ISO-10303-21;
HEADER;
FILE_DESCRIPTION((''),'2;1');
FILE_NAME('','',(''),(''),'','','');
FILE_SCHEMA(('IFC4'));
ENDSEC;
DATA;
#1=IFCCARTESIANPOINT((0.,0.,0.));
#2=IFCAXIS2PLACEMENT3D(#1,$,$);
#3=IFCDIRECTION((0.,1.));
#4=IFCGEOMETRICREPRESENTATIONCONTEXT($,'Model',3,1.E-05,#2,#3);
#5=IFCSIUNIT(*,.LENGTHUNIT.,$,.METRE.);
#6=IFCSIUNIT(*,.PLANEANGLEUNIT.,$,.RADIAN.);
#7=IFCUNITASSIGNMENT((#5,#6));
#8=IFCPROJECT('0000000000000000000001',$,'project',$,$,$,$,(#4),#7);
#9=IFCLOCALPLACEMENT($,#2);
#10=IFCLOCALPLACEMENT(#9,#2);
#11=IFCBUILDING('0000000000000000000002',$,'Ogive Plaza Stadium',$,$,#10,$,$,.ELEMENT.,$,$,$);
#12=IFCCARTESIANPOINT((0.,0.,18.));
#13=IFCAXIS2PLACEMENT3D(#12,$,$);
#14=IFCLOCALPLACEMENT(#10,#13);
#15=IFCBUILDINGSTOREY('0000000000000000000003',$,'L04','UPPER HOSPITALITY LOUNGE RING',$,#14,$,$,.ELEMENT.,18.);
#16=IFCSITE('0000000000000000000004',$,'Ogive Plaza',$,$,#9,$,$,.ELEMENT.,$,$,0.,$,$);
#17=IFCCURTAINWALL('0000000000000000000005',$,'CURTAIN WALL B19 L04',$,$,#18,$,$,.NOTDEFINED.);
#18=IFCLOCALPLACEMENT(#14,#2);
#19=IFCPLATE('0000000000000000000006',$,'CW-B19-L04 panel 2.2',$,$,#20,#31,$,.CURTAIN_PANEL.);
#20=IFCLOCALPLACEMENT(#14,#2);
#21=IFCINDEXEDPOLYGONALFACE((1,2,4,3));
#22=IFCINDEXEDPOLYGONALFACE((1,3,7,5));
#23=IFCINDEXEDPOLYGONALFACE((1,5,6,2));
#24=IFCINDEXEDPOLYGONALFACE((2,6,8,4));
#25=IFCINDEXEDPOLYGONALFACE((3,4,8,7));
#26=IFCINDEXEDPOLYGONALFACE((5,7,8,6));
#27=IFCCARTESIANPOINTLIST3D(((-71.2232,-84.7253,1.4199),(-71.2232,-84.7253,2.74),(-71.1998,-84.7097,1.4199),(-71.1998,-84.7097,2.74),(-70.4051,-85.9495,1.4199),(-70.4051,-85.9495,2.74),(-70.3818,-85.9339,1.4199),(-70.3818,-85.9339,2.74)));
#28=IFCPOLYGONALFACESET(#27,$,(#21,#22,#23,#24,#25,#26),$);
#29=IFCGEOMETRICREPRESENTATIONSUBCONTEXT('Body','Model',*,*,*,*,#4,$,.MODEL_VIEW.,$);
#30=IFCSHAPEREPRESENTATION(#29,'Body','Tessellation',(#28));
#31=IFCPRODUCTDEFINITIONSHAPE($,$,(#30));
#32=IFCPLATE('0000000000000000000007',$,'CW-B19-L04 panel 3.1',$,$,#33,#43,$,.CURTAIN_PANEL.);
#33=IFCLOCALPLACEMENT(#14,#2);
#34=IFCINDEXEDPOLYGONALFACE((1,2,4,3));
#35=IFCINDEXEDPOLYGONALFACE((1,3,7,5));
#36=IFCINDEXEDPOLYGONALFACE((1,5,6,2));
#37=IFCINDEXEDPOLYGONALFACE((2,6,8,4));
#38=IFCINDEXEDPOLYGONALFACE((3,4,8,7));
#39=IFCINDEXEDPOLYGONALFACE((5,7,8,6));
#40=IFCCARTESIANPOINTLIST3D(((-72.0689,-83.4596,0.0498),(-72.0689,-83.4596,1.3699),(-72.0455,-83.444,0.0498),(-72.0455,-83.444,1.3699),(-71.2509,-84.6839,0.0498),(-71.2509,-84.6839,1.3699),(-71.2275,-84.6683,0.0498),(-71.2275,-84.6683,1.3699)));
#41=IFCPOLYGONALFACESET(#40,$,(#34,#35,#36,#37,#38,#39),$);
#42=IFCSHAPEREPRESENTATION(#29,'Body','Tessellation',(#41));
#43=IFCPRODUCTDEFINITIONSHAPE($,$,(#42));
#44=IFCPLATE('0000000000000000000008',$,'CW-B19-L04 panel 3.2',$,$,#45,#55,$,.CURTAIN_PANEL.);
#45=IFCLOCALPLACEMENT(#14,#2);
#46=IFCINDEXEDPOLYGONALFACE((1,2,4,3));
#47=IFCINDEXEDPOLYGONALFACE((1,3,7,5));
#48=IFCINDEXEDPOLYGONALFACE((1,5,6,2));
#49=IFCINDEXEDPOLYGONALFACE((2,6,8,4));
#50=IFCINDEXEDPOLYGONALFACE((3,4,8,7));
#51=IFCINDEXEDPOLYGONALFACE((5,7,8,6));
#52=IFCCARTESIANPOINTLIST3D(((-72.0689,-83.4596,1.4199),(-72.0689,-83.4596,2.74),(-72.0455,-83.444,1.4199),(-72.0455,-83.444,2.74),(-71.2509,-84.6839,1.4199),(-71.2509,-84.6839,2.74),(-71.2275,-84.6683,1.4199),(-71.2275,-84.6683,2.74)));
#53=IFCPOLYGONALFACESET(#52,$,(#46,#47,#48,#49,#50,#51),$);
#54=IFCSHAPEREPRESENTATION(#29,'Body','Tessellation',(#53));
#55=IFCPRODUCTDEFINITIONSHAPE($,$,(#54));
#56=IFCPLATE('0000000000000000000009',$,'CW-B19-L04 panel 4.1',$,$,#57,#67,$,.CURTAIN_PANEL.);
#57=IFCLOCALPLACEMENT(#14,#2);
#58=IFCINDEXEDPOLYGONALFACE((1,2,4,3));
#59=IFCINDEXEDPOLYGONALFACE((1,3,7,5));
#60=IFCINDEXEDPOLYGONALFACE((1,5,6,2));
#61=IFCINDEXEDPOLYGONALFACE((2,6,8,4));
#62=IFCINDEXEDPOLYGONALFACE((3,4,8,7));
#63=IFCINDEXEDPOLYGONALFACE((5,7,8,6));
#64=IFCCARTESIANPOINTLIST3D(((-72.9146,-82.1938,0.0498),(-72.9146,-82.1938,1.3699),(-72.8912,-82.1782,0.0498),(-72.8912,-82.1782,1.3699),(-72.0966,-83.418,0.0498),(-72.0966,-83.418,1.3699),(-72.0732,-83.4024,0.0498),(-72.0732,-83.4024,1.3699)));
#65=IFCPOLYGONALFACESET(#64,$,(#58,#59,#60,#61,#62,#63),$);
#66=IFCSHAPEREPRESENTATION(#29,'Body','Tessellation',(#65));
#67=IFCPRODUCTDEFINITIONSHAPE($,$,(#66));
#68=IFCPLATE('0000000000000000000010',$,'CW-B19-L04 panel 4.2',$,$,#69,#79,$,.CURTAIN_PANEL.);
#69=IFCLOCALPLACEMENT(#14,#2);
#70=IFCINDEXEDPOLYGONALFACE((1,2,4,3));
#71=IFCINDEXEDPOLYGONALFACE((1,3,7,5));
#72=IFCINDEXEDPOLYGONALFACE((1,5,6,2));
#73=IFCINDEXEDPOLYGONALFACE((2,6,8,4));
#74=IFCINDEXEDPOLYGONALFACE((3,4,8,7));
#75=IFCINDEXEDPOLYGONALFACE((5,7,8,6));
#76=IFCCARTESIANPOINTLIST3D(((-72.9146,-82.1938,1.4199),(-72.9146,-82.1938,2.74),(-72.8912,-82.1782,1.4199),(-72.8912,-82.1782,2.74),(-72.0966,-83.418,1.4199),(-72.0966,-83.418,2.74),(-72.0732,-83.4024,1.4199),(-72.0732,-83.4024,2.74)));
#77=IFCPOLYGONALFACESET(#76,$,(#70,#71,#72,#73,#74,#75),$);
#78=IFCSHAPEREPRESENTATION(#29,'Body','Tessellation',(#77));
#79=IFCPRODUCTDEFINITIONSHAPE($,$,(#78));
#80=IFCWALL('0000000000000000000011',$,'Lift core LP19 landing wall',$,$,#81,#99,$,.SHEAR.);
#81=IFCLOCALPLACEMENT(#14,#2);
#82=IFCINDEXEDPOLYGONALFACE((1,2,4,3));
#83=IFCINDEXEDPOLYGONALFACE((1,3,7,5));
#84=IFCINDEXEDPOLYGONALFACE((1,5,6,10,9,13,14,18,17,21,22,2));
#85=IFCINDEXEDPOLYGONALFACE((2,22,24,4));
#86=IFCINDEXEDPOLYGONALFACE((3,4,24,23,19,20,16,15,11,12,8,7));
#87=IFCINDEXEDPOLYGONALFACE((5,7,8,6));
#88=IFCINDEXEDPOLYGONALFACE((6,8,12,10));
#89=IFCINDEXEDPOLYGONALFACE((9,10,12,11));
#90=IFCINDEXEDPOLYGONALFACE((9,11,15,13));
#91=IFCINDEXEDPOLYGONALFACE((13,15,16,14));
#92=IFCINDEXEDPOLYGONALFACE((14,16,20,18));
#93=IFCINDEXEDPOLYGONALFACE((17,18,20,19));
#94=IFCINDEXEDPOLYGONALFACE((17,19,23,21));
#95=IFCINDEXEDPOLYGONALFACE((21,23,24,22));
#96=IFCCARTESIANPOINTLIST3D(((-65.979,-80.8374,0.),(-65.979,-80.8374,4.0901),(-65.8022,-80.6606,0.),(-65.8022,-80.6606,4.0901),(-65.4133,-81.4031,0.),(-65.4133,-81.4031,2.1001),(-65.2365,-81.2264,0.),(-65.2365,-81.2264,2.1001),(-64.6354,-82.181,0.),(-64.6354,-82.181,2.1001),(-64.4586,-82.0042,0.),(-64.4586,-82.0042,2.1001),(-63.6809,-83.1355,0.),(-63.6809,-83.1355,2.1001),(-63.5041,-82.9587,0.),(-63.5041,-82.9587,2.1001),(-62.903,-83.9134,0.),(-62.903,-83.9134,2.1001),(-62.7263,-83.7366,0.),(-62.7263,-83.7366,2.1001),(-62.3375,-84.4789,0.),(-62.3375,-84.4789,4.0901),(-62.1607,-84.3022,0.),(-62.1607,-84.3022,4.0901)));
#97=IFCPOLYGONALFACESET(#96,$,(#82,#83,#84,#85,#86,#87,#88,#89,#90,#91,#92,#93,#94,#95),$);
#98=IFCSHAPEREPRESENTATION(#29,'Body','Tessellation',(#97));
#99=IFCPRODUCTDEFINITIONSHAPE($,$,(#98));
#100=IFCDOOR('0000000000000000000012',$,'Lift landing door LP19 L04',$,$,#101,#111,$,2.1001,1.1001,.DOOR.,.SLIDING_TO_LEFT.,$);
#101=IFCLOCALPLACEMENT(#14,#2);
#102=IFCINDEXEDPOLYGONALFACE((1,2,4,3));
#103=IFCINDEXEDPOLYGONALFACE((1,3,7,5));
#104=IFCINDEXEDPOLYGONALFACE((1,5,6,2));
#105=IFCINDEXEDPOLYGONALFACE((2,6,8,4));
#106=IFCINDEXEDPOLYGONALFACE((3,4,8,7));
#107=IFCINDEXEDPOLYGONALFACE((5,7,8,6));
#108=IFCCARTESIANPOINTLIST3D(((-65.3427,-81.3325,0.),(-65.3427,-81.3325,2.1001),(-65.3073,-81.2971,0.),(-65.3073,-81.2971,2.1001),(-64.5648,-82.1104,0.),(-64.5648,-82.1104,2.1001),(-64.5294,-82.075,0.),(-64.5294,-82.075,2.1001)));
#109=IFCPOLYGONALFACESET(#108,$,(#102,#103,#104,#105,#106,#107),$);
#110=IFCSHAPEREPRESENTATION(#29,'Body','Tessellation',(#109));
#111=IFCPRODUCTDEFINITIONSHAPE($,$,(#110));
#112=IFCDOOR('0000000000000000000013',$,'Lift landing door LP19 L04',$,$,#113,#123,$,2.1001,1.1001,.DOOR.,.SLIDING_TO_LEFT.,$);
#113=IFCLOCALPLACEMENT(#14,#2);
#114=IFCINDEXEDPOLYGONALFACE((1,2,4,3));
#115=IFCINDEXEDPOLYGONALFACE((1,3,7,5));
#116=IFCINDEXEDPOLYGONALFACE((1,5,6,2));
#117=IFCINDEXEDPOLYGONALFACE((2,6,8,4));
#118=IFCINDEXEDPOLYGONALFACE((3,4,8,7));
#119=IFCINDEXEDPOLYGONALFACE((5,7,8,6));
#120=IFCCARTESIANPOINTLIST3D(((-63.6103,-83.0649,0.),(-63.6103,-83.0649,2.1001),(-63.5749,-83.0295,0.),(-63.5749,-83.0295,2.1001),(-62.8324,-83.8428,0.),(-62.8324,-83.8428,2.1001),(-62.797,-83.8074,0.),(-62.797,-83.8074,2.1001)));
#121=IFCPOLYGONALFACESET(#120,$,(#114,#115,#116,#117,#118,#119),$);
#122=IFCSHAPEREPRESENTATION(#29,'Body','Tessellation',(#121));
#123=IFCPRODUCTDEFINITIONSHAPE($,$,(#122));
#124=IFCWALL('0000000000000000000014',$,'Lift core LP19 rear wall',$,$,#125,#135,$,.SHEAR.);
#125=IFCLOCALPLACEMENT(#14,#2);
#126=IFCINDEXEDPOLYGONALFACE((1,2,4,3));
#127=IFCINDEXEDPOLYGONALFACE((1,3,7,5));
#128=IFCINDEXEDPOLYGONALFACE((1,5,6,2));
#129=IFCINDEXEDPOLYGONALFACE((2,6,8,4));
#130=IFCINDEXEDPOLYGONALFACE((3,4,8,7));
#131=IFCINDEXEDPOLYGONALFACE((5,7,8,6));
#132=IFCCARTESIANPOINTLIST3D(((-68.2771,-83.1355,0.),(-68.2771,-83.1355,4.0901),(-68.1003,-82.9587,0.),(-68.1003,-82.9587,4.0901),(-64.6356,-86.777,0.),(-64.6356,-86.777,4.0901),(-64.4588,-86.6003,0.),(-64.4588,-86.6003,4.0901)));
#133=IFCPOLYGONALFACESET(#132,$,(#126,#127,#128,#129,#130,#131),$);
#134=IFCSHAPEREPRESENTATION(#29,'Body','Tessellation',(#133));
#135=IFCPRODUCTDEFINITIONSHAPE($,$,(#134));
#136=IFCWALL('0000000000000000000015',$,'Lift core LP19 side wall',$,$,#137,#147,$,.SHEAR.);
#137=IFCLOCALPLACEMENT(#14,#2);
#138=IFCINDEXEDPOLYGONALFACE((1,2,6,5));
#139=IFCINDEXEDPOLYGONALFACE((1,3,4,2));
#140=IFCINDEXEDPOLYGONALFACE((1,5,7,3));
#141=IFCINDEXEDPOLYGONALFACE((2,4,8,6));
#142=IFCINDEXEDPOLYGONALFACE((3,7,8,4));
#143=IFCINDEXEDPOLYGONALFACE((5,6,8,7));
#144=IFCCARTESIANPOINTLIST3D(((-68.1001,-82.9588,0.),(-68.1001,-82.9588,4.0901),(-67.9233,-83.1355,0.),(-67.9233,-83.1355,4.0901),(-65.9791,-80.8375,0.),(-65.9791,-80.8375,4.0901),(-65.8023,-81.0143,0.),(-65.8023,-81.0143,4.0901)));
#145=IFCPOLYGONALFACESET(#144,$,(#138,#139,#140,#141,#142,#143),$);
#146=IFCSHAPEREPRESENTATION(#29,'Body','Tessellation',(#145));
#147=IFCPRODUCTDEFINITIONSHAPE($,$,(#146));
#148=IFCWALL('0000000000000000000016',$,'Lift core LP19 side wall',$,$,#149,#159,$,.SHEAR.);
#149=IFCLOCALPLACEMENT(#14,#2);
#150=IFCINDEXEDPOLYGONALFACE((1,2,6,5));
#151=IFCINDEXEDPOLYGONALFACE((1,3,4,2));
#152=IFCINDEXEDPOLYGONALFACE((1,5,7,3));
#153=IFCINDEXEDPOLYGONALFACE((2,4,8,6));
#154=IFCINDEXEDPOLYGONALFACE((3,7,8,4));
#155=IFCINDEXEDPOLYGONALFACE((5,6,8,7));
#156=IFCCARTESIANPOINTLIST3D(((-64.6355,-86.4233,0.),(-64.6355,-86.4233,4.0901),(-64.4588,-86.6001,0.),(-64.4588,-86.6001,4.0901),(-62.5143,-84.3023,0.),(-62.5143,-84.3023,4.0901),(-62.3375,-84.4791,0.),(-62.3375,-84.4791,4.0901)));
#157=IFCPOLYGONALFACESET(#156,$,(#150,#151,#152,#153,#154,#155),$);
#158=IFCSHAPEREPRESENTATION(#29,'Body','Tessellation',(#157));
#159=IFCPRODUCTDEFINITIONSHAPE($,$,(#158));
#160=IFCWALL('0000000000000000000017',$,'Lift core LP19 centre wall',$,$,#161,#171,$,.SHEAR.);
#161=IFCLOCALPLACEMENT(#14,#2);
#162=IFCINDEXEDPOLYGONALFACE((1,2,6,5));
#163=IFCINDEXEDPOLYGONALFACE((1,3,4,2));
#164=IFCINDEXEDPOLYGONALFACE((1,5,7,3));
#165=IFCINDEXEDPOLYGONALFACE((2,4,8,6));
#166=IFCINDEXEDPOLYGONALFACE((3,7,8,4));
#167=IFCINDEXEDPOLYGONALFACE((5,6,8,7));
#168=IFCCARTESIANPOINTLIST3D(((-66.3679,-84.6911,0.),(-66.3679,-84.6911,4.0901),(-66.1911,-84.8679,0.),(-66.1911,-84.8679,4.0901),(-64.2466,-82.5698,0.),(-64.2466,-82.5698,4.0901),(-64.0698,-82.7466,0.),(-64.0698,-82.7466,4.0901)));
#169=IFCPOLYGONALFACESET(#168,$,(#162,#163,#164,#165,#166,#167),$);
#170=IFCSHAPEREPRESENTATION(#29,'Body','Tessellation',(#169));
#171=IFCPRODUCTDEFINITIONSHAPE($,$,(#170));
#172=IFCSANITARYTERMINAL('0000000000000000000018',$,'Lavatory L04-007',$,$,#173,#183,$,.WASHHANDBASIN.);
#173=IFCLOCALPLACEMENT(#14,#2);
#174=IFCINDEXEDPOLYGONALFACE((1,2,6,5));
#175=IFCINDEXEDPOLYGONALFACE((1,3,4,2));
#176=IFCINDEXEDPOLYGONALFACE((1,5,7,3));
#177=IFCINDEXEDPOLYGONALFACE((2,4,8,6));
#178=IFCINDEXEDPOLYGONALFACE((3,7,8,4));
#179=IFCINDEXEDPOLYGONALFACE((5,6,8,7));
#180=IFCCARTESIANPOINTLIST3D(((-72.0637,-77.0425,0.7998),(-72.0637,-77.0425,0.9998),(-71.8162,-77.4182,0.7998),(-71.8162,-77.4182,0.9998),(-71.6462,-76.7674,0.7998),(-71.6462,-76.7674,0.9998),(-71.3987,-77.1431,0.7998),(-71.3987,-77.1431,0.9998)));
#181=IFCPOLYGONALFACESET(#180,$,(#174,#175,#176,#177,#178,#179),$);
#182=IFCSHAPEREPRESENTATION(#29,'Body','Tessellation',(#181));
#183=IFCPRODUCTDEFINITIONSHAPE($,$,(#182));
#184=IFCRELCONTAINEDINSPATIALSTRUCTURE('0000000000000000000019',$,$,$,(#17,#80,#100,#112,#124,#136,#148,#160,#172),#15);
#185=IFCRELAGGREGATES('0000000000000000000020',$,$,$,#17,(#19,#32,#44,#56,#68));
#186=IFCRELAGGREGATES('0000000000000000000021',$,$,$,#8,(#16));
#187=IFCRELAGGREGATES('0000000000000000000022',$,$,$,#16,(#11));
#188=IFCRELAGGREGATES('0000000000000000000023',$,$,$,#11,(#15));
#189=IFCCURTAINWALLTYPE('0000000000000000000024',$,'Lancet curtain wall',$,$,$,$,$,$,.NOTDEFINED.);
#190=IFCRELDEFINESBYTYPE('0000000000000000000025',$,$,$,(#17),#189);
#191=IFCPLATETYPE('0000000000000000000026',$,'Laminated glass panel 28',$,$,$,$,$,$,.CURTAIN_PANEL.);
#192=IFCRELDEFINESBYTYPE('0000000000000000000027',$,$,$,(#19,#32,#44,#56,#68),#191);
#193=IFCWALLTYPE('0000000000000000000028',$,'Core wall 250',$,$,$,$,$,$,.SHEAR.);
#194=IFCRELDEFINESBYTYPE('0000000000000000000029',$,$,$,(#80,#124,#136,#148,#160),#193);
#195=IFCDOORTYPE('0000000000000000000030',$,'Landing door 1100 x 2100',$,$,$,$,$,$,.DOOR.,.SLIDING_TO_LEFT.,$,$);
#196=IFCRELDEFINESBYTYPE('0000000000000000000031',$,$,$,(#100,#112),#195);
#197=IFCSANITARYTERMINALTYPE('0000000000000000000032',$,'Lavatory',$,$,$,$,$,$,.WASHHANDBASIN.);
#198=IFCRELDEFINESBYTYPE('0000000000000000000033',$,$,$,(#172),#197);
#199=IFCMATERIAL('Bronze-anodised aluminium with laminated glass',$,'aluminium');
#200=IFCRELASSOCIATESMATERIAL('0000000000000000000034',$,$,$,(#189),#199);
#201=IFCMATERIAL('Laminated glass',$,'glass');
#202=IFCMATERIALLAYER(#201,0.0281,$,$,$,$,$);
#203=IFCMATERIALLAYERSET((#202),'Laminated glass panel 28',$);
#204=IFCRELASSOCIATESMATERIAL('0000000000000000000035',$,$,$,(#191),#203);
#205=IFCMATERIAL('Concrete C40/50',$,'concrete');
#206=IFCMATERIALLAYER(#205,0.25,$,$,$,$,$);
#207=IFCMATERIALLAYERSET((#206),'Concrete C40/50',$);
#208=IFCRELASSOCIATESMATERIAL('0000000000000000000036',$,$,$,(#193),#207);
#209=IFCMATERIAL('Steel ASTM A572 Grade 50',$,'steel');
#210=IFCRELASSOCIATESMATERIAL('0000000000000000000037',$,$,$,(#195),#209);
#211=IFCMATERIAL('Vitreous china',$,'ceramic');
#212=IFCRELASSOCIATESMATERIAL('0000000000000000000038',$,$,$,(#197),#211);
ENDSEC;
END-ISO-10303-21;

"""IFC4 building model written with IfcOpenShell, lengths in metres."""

from ifc_helpers import new_model, si_unit, direction, frame, frame_2d, origin, origin_2d, place, context, subcontext, project, spatial, rectangle, extrude, material, layer, layer_set, type_object, element, fill, aggregate, save


model = new_model("IFC4")

# Units and contexts
model_context = context("Model", 3, precision=1e-05, world=origin(), true_north=direction((0.0, 1.0)))
body_context = subcontext(model_context, "Body", "Model", "MODEL_VIEW")
ifc_project = project(units=[si_unit("LENGTHUNIT", "METRE"), si_unit("PLANEANGLEUNIT", "RADIAN")], contexts=[model_context])

# Site, building, storey
site_placement = place(None, origin())
site = spatial("IfcSite", under=ifc_project, at=site_placement, Name="Ogive Plaza", CompositionType="ELEMENT", RefElevation=0.0)
building_placement = place(site_placement, origin())
building = spatial("IfcBuilding", under=site, at=building_placement, Name="Ogive Plaza Stadium", CompositionType="ELEMENT")
storey_placement = place(building_placement, frame((0.0, 0.0, 18.0)))
storey = spatial("IfcBuildingStorey", under=building, at=storey_placement, Name="L04", Description="UPPER HOSPITALITY LOUNGE RING", CompositionType="ELEMENT", Elevation=18.0)

# Curtain wall
ifc_material_1 = material(Name="Bronze-anodised aluminium with laminated glass", Category="aluminium")
curtain_wall_type = type_object("IfcCurtainWallType", Name="Lancet curtain wall", PredefinedType="NOTDEFINED", material=ifc_material_1)
curtain_wall_placement = place(storey_placement, origin())
curtain_wall = element("IfcCurtainWall", 1, at=curtain_wall_placement, inside=storey, type_object=curtain_wall_type, Name="CURTAIN WALL B19 L04", PredefinedType="NOTDEFINED")

# Plates
ifc_material_2 = material(Name="Laminated glass", Category="glass")
ifc_layer_1 = layer(ifc_material_2, 0.0281)
ifc_layer_set_1 = layer_set([ifc_layer_1], Name="Laminated glass panel 28")
plate_type = type_object("IfcPlateType", Name="Laminated glass panel 28", PredefinedType="CURTAIN_PANEL", material=ifc_layer_set_1)
plate_1_placement = place(storey_placement, frame((-70.8025, -85.3296, 1.4199), z_axis=(0.0, 0.0, 1.0), x_axis=(-0.55557, 0.83147, 0.0)))
plate_1 = element("IfcPlate", 2, at=plate_1_placement, type_object=plate_type, Name="CW-B19-L04 panel 2.2", PredefinedType="CURTAIN_PANEL", context=body_context, shape_type="SweptSolid", body=[
    extrude(rectangle(XDim=1.4724, YDim=0.0281, at=origin_2d()), origin(), (0.0, 0.0, 1.0), 1.3201),
])
plate_2_placement = place(storey_placement, frame((-71.6482, -84.064, 0.0498), z_axis=(0.0, 0.0, 1.0), x_axis=(-0.55557, 0.83147, 0.0)))
plate_2 = element("IfcPlate", 3, at=plate_2_placement, type_object=plate_type, Name="CW-B19-L04 panel 3.1", PredefinedType="CURTAIN_PANEL", context=body_context, shape_type="SweptSolid", body=[
    extrude(rectangle(XDim=1.4724, YDim=0.0281, at=origin_2d()), origin(), (0.0, 0.0, 1.0), 1.3201),
])
plate_3_placement = place(storey_placement, frame((-71.6482, -84.064, 1.4199), z_axis=(0.0, 0.0, 1.0), x_axis=(-0.55557, 0.83147, 0.0)))
plate_3 = element("IfcPlate", 4, at=plate_3_placement, type_object=plate_type, Name="CW-B19-L04 panel 3.2", PredefinedType="CURTAIN_PANEL", context=body_context, shape_type="SweptSolid", body=[
    extrude(rectangle(XDim=1.4724, YDim=0.0281, at=origin_2d()), origin(), (0.0, 0.0, 1.0), 1.3201),
])
plate_4_placement = place(storey_placement, frame((-72.4939, -82.7981, 0.0498), z_axis=(0.0, 0.0, 1.0), x_axis=(-0.55557, 0.83147, 0.0)))
plate_4 = element("IfcPlate", 5, at=plate_4_placement, type_object=plate_type, Name="CW-B19-L04 panel 4.1", PredefinedType="CURTAIN_PANEL", context=body_context, shape_type="SweptSolid", body=[
    extrude(rectangle(XDim=1.4724, YDim=0.0281, at=origin_2d()), origin(), (0.0, 0.0, 1.0), 1.3201),
])
plate_5_placement = place(storey_placement, frame((-72.4939, -82.7981, 1.4199), z_axis=(0.0, 0.0, 1.0), x_axis=(-0.55557, 0.83147, 0.0)))
plate_5 = element("IfcPlate", 6, at=plate_5_placement, type_object=plate_type, Name="CW-B19-L04 panel 4.2", PredefinedType="CURTAIN_PANEL", context=body_context, shape_type="SweptSolid", body=[
    extrude(rectangle(XDim=1.4724, YDim=0.0281, at=origin_2d()), origin(), (0.0, 0.0, 1.0), 1.3201),
])
aggregate(curtain_wall, [plate_1, plate_2, plate_3, plate_4, plate_5])

# Wall, openings, doors
ifc_material_3 = material(Name="Concrete C40/50", Category="concrete")
ifc_layer_2 = layer(ifc_material_3, 0.25)
ifc_layer_set_2 = layer_set([ifc_layer_2], Name="Concrete C40/50")
wall_type = type_object("IfcWallType", Name="Core wall 250", PredefinedType="SHEAR", material=ifc_layer_set_2)
wall_1_placement = place(storey_placement, frame((-65.8906, -80.749, 0.0), z_axis=(0.0, 0.0, 1.0), x_axis=(0.707107, -0.707107, 0.0)))
wall_1 = element("IfcWall", 7, at=wall_1_placement, inside=storey, type_object=wall_type, Name="Lift core LP19 landing wall", PredefinedType="SHEAR", context=body_context, shape_type="SweptSolid", body=[
    extrude(rectangle(XDim=5.1499, YDim=0.25, at=frame_2d((2.575, 0.0))), origin(), (0.0, 0.0, 1.0), 4.0901),
])
opening_1_placement = place(wall_1_placement, frame((0.8, 0.0, 0.0)))
opening_1 = element("IfcOpeningElement", 8, at=opening_1_placement, cuts=wall_1, PredefinedType="OPENING", context=body_context, shape_type="SweptSolid", body=[
    extrude(rectangle(XDim=1.1001, YDim=2.1001, at=frame_2d((0.55, 1.05))), frame((0.0, 0.125, 0.0), z_axis=(0.0, -1.0, 0.0), x_axis=(1.0, 0.0, 0.0)), (0.0, 0.0, 1.0), 0.25),
])
opening_2_placement = place(wall_1_placement, frame((3.25, 0.0, 0.0)))
opening_2 = element("IfcOpeningElement", 9, at=opening_2_placement, cuts=wall_1, PredefinedType="OPENING", context=body_context, shape_type="SweptSolid", body=[
    extrude(rectangle(XDim=1.1001, YDim=2.1001, at=frame_2d((0.55, 1.05))), frame((0.0, 0.125, 0.0), z_axis=(0.0, -1.0, 0.0), x_axis=(1.0, 0.0, 0.0)), (0.0, 0.0, 1.0), 0.25),
])
ifc_material_4 = material(Name="Steel ASTM A572 Grade 50", Category="steel")
door_type = type_object("IfcDoorType", Name="Landing door 1100 x 2100", OperationType="SLIDING_TO_LEFT", PredefinedType="DOOR", material=ifc_material_4)
door_1_placement = place(opening_1_placement, origin())
door_1 = element("IfcDoor", 10, at=door_1_placement, inside=storey, type_object=door_type, Name="Lift landing door LP19 L04", OperationType="SLIDING_TO_LEFT", OverallHeight=2.1001, OverallWidth=1.1001, PredefinedType="DOOR", context=body_context, shape_type="SweptSolid", body=[
    extrude(rectangle(XDim=1.1001, YDim=2.1001, at=frame_2d((0.55, 1.05))), frame((0.0, 0.0249, 0.0), z_axis=(0.0, -1.0, 0.0), x_axis=(1.0, 0.0, 0.0)), (0.0, 0.0, 1.0), 0.05),
])
fill(opening_1, door_1)
door_2_placement = place(opening_2_placement, origin())
door_2 = element("IfcDoor", 11, at=door_2_placement, inside=storey, type_object=door_type, Name="Lift landing door LP19 L04", OperationType="SLIDING_TO_LEFT", OverallHeight=2.1001, OverallWidth=1.1001, PredefinedType="DOOR", context=body_context, shape_type="SweptSolid", body=[
    extrude(rectangle(XDim=1.1001, YDim=2.1001, at=frame_2d((0.55, 1.05))), frame((0.0, 0.0249, 0.0), z_axis=(0.0, -1.0, 0.0), x_axis=(1.0, 0.0, 0.0)), (0.0, 0.0, 1.0), 0.05),
])
fill(opening_2, door_2)

# Walls
wall_2_placement = place(storey_placement, frame((-68.1887, -83.0471, 0.0), z_axis=(0.0, 0.0, 1.0), x_axis=(0.707107, -0.707107, 0.0)))
element("IfcWall", 12, at=wall_2_placement, inside=storey, type_object=wall_type, Name="Lift core LP19 rear wall", PredefinedType="SHEAR", context=body_context, shape_type="SweptSolid", body=[
    extrude(rectangle(XDim=5.1499, YDim=0.25, at=frame_2d((2.575, 0.0))), origin(), (0.0, 0.0, 1.0), 4.0901),
])
for number, where, z_axis, x_axis, name in (
    (13, (-65.8906, -80.9258, 0.0), (0.0, 0.0, 1.0), (-0.707066, -0.707147, 0.0), "Lift core LP19 side wall"),
    (14, (-62.4258, -84.3906, 0.0), (0.0, 0.0, 1.0), (-0.707147, -0.707066, 0.0), "Lift core LP19 side wall"),
):
    element("IfcWall", number, at=place(storey_placement, frame(where, z_axis=z_axis, x_axis=x_axis)), inside=storey, type_object=wall_type, Name=name, PredefinedType="SHEAR", context=body_context, shape_type="SweptSolid", body=[
        extrude(rectangle(XDim=2.9998, YDim=0.25, at=frame_2d((1.5, 0.0))), origin(), (0.0, 0.0, 1.0), 4.0901),
    ])
wall_3_placement = place(storey_placement, frame((-64.1582, -82.6582, 0.0), z_axis=(0.0, 0.0, 1.0), x_axis=(-0.707107, -0.707107, 0.0)))
element("IfcWall", 15, at=wall_3_placement, inside=storey, type_object=wall_type, Name="Lift core LP19 centre wall", PredefinedType="SHEAR", context=body_context, shape_type="SweptSolid", body=[
    extrude(rectangle(XDim=3.0, YDim=0.25, at=frame_2d((1.5, 0.0))), origin(), (0.0, 0.0, 1.0), 4.0901),
])

# Sanitary terminal
ifc_material_5 = material(Name="Vitreous china", Category="ceramic")
sanitary_terminal_type = type_object("IfcSanitaryTerminalType", Name="Lavatory", PredefinedType="WASHHANDBASIN", material=ifc_material_5)
sanitary_terminal_placement = place(storey_placement, frame((-71.7312, -77.0928, 0.7998), z_axis=(0.0, 0.0, 1.0), x_axis=(0.83502, 0.55022, 0.0)))
element("IfcSanitaryTerminal", 16, at=sanitary_terminal_placement, inside=storey, type_object=sanitary_terminal_type, Name="Lavatory L04-007", PredefinedType="WASHHANDBASIN", context=body_context, shape_type="SweptSolid", body=[
    extrude(rectangle(XDim=0.5, YDim=0.45, at=origin_2d()), origin(), (0.0, 0.0, 1.0), 0.2),
])

save(model, "model.ifc")
